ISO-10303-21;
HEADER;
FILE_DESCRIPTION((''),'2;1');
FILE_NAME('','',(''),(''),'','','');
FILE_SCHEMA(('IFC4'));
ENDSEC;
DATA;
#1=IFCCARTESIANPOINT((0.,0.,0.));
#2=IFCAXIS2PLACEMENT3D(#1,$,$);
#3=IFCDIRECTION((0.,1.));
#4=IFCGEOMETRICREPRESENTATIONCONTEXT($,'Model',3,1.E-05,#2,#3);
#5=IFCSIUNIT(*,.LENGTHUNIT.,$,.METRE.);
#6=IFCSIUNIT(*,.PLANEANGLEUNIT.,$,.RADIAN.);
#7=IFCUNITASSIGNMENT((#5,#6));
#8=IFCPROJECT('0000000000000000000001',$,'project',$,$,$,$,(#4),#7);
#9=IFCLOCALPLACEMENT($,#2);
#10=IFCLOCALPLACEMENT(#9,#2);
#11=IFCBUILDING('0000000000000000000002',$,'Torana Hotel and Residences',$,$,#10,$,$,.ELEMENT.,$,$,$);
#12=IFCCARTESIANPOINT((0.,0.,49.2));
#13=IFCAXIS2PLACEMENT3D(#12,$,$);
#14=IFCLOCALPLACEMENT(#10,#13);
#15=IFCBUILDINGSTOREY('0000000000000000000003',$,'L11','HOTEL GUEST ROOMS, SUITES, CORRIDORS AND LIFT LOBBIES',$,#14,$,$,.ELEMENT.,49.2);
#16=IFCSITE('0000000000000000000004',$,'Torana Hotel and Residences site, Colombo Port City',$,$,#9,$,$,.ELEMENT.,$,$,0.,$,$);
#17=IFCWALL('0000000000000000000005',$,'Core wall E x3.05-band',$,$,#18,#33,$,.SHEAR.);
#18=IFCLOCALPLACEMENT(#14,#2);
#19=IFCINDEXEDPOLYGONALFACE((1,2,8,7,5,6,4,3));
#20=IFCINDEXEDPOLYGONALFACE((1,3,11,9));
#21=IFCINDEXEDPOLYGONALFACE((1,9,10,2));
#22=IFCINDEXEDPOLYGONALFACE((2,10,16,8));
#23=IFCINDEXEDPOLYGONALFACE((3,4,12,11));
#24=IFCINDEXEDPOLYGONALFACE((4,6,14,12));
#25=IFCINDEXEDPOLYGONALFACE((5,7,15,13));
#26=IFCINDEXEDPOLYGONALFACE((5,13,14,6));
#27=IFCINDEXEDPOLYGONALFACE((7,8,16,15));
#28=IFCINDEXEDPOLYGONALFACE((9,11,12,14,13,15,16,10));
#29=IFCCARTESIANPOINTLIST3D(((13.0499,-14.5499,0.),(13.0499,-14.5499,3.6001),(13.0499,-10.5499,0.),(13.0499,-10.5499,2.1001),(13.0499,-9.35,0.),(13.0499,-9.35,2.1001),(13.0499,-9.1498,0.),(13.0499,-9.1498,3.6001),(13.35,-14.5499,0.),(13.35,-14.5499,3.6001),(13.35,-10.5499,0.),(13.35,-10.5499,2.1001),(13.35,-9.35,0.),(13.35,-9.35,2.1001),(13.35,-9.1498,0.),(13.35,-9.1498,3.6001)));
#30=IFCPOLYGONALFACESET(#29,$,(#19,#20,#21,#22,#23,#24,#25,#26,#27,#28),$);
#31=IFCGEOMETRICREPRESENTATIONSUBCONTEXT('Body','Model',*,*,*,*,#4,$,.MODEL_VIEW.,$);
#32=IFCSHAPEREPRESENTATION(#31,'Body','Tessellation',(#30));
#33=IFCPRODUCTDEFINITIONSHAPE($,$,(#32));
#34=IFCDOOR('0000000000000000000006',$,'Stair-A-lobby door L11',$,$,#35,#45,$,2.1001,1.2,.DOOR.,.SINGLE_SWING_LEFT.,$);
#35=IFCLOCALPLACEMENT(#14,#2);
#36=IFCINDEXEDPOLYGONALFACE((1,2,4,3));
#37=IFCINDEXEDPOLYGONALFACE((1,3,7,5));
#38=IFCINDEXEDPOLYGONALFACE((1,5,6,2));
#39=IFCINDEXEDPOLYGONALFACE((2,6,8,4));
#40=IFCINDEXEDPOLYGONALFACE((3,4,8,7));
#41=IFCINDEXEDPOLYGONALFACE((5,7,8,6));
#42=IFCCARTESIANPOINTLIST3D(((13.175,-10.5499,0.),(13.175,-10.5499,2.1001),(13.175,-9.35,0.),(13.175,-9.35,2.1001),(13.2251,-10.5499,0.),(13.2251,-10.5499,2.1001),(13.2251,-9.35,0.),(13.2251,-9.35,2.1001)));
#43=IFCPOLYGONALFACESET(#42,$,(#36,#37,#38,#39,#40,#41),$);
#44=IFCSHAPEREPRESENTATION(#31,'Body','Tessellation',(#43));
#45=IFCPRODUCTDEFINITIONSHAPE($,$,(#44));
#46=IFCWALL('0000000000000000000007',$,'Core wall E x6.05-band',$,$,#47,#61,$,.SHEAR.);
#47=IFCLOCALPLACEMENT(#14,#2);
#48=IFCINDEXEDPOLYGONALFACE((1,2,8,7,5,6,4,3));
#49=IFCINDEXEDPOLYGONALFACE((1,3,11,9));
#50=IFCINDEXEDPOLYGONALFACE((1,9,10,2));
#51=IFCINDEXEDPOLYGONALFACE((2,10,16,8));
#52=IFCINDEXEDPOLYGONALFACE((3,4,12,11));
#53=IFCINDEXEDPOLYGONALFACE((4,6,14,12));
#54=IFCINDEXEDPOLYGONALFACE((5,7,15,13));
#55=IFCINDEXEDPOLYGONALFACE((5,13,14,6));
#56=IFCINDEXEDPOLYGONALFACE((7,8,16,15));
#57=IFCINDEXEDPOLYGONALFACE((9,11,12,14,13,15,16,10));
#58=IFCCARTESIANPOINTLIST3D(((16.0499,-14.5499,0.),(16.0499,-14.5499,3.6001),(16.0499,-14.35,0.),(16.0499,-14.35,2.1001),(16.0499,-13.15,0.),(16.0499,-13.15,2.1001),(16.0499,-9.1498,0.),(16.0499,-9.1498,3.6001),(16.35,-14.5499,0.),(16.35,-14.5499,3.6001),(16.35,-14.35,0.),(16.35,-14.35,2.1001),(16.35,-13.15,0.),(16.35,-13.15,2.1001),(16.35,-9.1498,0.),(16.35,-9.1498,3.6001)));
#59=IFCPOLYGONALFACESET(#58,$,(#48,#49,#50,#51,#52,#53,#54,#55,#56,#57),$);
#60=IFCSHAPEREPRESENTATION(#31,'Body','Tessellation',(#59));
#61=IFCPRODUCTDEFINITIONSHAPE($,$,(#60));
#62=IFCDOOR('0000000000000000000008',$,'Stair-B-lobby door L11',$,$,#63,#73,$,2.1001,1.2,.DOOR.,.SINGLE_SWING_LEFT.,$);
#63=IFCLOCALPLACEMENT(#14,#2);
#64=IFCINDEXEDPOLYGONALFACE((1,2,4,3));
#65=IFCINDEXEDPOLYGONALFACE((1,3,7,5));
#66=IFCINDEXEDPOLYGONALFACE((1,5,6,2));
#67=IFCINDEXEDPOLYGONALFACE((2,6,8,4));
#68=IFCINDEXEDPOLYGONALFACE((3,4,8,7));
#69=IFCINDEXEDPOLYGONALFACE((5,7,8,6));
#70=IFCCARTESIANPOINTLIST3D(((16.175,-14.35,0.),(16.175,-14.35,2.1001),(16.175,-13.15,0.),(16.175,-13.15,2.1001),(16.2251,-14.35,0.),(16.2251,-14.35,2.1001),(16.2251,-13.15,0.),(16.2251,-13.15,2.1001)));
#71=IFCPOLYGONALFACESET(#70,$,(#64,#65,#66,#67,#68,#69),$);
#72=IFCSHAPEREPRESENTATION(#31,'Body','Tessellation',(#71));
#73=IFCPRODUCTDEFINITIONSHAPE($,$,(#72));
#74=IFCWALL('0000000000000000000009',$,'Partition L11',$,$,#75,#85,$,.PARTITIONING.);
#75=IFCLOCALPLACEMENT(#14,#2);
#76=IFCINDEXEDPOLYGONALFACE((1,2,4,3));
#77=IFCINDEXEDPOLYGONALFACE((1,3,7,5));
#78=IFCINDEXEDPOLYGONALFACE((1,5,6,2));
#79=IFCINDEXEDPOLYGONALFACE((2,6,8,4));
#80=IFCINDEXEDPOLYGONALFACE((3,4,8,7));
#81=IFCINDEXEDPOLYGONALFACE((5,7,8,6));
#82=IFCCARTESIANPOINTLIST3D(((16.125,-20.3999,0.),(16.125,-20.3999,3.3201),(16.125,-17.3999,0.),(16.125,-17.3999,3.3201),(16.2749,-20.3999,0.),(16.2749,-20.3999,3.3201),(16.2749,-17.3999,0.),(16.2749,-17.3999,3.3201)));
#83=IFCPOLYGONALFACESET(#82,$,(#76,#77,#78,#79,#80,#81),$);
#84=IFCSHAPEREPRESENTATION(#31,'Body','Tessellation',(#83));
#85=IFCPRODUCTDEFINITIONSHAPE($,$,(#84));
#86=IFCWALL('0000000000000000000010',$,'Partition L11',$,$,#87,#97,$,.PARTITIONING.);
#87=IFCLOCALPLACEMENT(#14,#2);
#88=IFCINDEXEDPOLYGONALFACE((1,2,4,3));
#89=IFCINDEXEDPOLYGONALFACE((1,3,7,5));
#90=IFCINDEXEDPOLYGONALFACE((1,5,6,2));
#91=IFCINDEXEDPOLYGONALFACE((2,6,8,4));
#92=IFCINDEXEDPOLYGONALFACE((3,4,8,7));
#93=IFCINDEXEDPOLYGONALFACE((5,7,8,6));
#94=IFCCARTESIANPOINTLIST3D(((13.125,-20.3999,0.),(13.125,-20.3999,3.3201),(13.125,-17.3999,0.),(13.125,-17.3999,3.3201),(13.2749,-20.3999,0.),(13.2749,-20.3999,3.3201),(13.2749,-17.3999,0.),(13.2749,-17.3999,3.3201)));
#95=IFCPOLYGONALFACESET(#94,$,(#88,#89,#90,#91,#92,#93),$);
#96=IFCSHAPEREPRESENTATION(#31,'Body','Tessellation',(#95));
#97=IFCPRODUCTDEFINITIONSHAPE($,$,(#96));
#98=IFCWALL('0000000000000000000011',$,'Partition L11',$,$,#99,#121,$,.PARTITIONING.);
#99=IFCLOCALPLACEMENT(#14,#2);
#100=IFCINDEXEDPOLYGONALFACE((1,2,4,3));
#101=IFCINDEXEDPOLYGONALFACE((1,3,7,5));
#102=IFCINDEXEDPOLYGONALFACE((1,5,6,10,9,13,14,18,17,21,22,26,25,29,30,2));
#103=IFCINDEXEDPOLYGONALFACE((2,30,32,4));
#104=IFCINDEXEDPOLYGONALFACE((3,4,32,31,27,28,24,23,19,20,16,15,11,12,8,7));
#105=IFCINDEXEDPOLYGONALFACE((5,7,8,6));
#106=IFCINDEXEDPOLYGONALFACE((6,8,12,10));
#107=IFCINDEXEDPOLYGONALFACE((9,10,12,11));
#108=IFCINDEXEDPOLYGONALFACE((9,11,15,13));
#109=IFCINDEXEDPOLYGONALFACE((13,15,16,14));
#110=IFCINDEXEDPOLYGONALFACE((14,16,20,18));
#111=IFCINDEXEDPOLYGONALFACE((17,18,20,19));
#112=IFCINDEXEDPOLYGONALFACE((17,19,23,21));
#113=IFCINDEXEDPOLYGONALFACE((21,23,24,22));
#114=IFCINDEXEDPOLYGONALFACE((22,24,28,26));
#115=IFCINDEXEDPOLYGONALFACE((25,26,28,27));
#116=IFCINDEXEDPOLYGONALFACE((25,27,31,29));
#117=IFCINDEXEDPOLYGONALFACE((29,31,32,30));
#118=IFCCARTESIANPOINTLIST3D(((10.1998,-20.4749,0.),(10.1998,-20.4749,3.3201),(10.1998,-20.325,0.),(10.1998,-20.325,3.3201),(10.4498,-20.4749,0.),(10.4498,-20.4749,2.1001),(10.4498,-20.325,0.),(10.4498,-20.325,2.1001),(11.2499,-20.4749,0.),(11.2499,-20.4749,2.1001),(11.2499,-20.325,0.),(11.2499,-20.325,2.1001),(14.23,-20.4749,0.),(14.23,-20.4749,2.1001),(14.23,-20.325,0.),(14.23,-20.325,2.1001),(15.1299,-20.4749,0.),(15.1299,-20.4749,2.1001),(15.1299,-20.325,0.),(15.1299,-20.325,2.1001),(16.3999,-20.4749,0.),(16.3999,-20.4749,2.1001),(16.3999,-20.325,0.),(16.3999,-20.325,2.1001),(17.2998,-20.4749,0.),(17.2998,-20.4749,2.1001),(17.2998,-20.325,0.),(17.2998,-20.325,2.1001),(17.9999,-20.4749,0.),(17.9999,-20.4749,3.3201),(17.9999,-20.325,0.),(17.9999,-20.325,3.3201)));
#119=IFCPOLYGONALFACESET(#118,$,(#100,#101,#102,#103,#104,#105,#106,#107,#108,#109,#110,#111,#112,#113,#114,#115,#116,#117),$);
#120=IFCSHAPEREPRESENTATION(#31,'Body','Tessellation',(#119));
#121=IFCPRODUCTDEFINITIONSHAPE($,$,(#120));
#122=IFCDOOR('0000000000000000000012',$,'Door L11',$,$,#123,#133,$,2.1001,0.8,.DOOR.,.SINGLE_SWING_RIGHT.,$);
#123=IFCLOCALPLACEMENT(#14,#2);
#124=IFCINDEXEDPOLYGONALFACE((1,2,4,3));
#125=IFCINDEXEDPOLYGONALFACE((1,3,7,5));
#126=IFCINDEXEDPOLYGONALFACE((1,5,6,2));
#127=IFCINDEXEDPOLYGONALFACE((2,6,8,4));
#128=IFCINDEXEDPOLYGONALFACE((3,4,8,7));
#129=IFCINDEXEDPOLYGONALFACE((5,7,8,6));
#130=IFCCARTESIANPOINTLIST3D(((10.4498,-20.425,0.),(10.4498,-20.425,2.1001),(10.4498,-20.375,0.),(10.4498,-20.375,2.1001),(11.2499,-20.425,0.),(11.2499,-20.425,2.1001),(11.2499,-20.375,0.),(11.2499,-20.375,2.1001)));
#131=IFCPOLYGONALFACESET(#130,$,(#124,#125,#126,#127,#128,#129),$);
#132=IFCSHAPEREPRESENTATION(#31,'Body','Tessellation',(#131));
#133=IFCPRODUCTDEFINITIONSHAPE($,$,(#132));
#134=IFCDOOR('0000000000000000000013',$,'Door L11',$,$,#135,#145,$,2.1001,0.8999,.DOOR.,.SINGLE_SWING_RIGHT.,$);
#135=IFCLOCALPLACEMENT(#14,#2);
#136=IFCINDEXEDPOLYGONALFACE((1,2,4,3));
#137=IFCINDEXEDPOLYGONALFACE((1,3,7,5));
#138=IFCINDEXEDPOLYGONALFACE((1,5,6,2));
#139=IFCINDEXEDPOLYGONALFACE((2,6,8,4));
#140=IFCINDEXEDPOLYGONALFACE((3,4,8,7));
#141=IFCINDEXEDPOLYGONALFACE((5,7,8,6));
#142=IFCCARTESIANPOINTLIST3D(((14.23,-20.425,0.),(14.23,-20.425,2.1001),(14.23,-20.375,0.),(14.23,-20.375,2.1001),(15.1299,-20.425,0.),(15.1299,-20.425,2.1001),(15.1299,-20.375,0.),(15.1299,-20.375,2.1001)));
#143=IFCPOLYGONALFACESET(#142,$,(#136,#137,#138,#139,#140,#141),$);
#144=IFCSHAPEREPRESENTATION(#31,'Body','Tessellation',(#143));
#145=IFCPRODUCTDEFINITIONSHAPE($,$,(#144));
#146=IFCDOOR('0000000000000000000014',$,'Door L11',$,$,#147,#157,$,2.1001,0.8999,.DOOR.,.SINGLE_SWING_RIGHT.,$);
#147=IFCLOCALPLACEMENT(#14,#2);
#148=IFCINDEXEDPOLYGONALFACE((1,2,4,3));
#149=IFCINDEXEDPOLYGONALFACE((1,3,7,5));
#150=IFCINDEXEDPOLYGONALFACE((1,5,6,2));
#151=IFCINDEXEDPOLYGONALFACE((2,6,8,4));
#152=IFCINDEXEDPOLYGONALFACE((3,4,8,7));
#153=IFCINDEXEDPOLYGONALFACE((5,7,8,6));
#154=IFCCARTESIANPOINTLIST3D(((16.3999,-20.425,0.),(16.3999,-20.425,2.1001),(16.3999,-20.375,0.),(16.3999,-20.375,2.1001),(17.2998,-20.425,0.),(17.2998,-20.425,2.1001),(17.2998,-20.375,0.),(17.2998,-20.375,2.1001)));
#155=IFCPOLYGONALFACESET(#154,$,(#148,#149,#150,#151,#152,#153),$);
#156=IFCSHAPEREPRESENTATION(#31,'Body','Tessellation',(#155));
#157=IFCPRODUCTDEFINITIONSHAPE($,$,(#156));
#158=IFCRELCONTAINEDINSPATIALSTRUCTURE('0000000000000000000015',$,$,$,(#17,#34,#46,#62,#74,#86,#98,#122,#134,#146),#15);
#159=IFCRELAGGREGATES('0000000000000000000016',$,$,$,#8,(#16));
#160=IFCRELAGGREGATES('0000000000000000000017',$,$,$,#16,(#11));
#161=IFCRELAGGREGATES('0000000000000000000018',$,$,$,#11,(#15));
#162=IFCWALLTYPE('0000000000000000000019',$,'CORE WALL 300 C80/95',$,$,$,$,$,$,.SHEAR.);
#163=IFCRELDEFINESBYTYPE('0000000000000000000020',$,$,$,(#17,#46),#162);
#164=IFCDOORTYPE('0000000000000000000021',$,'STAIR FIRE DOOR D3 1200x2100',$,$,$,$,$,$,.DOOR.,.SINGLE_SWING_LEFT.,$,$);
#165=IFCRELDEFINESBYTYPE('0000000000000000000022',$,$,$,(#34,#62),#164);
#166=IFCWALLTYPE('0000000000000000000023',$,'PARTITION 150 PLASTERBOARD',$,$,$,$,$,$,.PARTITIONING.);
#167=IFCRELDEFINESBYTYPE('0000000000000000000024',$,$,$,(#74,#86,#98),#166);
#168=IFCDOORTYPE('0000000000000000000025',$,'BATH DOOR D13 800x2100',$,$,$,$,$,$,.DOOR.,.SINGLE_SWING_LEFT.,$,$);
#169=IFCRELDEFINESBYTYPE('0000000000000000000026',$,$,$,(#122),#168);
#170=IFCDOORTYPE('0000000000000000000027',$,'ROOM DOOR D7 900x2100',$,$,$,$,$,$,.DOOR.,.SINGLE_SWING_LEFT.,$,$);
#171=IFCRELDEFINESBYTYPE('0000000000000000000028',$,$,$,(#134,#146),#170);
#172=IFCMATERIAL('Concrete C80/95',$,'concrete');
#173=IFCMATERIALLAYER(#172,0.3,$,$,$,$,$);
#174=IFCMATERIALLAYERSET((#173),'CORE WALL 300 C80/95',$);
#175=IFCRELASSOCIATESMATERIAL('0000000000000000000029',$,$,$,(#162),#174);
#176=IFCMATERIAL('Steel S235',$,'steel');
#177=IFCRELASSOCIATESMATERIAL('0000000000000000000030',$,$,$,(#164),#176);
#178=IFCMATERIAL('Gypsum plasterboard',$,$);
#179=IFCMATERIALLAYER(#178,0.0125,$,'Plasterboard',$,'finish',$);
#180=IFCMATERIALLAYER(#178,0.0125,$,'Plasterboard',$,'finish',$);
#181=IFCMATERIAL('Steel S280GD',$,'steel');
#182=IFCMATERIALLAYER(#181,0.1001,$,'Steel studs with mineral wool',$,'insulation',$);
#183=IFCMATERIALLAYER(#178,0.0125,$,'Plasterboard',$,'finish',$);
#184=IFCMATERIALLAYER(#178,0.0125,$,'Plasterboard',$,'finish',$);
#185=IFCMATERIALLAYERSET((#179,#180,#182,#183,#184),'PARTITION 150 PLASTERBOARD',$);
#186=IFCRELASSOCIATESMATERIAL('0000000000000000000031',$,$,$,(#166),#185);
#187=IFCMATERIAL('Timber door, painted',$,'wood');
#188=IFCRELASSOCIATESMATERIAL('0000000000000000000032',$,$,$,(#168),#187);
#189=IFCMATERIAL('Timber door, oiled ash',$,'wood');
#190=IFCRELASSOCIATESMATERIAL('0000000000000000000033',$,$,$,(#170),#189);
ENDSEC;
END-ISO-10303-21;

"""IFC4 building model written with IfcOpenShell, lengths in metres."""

from ifc_helpers import new_model, si_unit, direction, frame, frame_2d, origin, place, context, subcontext, project, spatial, rectangle, extrude, material, layer, layer_set, type_object, element, fill, save


model = new_model("IFC4")

# Units and contexts
model_context = context("Model", 3, precision=1e-05, world=origin(), true_north=direction((0.0, 1.0)))
body_context = subcontext(model_context, "Body", "Model", "MODEL_VIEW")
ifc_project = project(units=[si_unit("LENGTHUNIT", "METRE"), si_unit("PLANEANGLEUNIT", "RADIAN")], contexts=[model_context])

# Site, building, storey
site_placement = place(None, origin())
site = spatial("IfcSite", under=ifc_project, at=site_placement, Name="Torana Hotel and Residences site, Colombo Port City", CompositionType="ELEMENT", RefElevation=0.0)
building_placement = place(site_placement, origin())
building = spatial("IfcBuilding", under=site, at=building_placement, Name="Torana Hotel and Residences", CompositionType="ELEMENT")
storey_placement = place(building_placement, frame((0.0, 0.0, 49.2)))
storey = spatial("IfcBuildingStorey", under=building, at=storey_placement, Name="L11", Description="HOTEL GUEST ROOMS, SUITES, CORRIDORS AND LIFT LOBBIES", CompositionType="ELEMENT", Elevation=49.2)

# Walls, openings, doors
ifc_material_1 = material(Name="Concrete C80/95", Category="concrete")
ifc_layer_1 = layer(ifc_material_1, 0.3)
ifc_layer_set_1 = layer_set([ifc_layer_1], Name="CORE WALL 300 C80/95")
wall_type_1 = type_object("IfcWallType", Name="CORE WALL 300 C80/95", PredefinedType="SHEAR", material=ifc_layer_set_1)
wall_1_placement = place(storey_placement, frame((13.2, -14.55, 0.0), z_axis=(0.0, 0.0, 1.0), x_axis=(0.0, 1.0, 0.0)))
wall_1 = element("IfcWall", 1, at=wall_1_placement, inside=storey, type_object=wall_type_1, Name="Core wall E x3.05-band", PredefinedType="SHEAR", context=body_context, shape_type="SweptSolid", body=[
    extrude(rectangle(XDim=5.4001, YDim=0.3, at=frame_2d((2.7002, 0.0))), origin(), (0.0, 0.0, 1.0), 3.6001),
])
opening_1_placement = place(wall_1_placement, frame((4.0, 0.0, 0.0)))
opening_1 = element("IfcOpeningElement", 2, at=opening_1_placement, cuts=wall_1, PredefinedType="OPENING", context=body_context, shape_type="SweptSolid", body=[
    extrude(rectangle(XDim=1.2, YDim=2.1001, at=frame_2d((0.6001, 1.05))), frame((0.0, 0.1599, 0.0), z_axis=(0.0, -1.0, 0.0), x_axis=(1.0, 0.0, 0.0)), (0.0, 0.0, 1.0), 0.3201),
])
ifc_material_2 = material(Name="Steel S235", Category="steel")
door_type_1 = type_object("IfcDoorType", Name="STAIR FIRE DOOR D3 1200x2100", OperationType="SINGLE_SWING_LEFT", PredefinedType="DOOR", material=ifc_material_2)
door_1_placement = place(opening_1_placement, origin())
door_1 = element("IfcDoor", 3, at=door_1_placement, inside=storey, type_object=door_type_1, Name="Stair-A-lobby door L11", OperationType="SINGLE_SWING_LEFT", OverallHeight=2.1001, OverallWidth=1.2, PredefinedType="DOOR", context=body_context, shape_type="SweptSolid", body=[
    extrude(rectangle(XDim=1.2, YDim=2.1001, at=frame_2d((0.6001, 1.05))), frame((0.0, 0.0249, 0.0), z_axis=(0.0, -1.0, 0.0), x_axis=(1.0, 0.0, 0.0)), (0.0, 0.0, 1.0), 0.05),
])
fill(opening_1, door_1)
wall_2_placement = place(storey_placement, frame((16.2, -14.55, 0.0), z_axis=(0.0, 0.0, 1.0), x_axis=(0.0, 1.0, 0.0)))
wall_2 = element("IfcWall", 4, at=wall_2_placement, inside=storey, type_object=wall_type_1, Name="Core wall E x6.05-band", PredefinedType="SHEAR", context=body_context, shape_type="SweptSolid", body=[
    extrude(rectangle(XDim=5.4001, YDim=0.3, at=frame_2d((2.7002, 0.0))), origin(), (0.0, 0.0, 1.0), 3.6001),
])
opening_2_placement = place(wall_2_placement, frame((0.2, 0.0, 0.0)))
opening_2 = element("IfcOpeningElement", 5, at=opening_2_placement, cuts=wall_2, PredefinedType="OPENING", context=body_context, shape_type="SweptSolid", body=[
    extrude(rectangle(XDim=1.2, YDim=2.1001, at=frame_2d((0.6001, 1.05))), frame((0.0, 0.1599, 0.0), z_axis=(0.0, -1.0, 0.0), x_axis=(1.0, 0.0, 0.0)), (0.0, 0.0, 1.0), 0.3201),
])
door_2_placement = place(opening_2_placement, frame((0.6001, 0.0, 0.0), z_axis=(0.0, 0.0, 1.0), x_axis=(-1.0, 0.0, 0.0)))
door_2 = element("IfcDoor", 6, at=door_2_placement, inside=storey, type_object=door_type_1, Name="Stair-B-lobby door L11", OperationType="SINGLE_SWING_LEFT", OverallHeight=2.1001, OverallWidth=1.2, PredefinedType="DOOR", context=body_context, shape_type="SweptSolid", body=[
    extrude(rectangle(XDim=1.2, YDim=2.1001, at=frame_2d((0.0, 1.05))), frame((0.0, -0.0249, 0.0), z_axis=(0.0, 1.0, 0.0), x_axis=(-1.0, 0.0, 0.0)), (0.0, 0.0, 1.0), 0.05),
])
fill(opening_2, door_2)

# Walls
ifc_material_3 = material(Name="Gypsum plasterboard")
ifc_layer_2 = layer(ifc_material_3, 0.0125, Name="Plasterboard", Category="finish")
ifc_layer_3 = layer(ifc_material_3, 0.0125, Name="Plasterboard", Category="finish")
ifc_material_4 = material(Name="Steel S280GD", Category="steel")
ifc_layer_4 = layer(ifc_material_4, 0.1001, Name="Steel studs with mineral wool", Category="insulation")
ifc_layer_5 = layer(ifc_material_3, 0.0125, Name="Plasterboard", Category="finish")
ifc_layer_6 = layer(ifc_material_3, 0.0125, Name="Plasterboard", Category="finish")
ifc_layer_set_2 = layer_set([ifc_layer_2, ifc_layer_3, ifc_layer_4, ifc_layer_5, ifc_layer_6], Name="PARTITION 150 PLASTERBOARD")
wall_type_2 = type_object("IfcWallType", Name="PARTITION 150 PLASTERBOARD", PredefinedType="PARTITIONING", material=ifc_layer_set_2)
for number, where, z_axis, x_axis, name in (
    (7, (16.2, -20.3999, 0.0), (0.0, 0.0, 1.0), (0.0, 1.0, 0.0), "Partition L11"),
    (8, (13.2, -20.3999, 0.0), (0.0, 0.0, 1.0), (0.0, 1.0, 0.0), "Partition L11"),
):
    element("IfcWall", number, at=place(storey_placement, frame(where, z_axis=z_axis, x_axis=x_axis)), inside=storey, type_object=wall_type_2, Name=name, PredefinedType="PARTITIONING", context=body_context, shape_type="SweptSolid", body=[
        extrude(rectangle(XDim=3.0, YDim=0.1499, at=frame_2d((1.5, 0.0))), origin(), (0.0, 0.0, 1.0), 3.3201),
    ])

# Wall, openings, doors
wall_3_placement = place(storey_placement, frame((10.2, -20.3999, 0.0), z_axis=(0.0, 0.0, 1.0), x_axis=(1.0, 0.0, 0.0)))
wall_3 = element("IfcWall", 9, at=wall_3_placement, inside=storey, type_object=wall_type_2, Name="Partition L11", PredefinedType="PARTITIONING", context=body_context, shape_type="SweptSolid", body=[
    extrude(rectangle(XDim=7.8, YDim=0.1499, at=frame_2d((3.8999, 0.0))), origin(), (0.0, 0.0, 1.0), 3.3201),
])
opening_3_placement = place(wall_3_placement, frame((0.25, 0.0, 0.0)))
opening_3 = element("IfcOpeningElement", 10, at=opening_3_placement, cuts=wall_3, PredefinedType="OPENING", context=body_context, shape_type="SweptSolid", body=[
    extrude(rectangle(XDim=0.8, YDim=2.1001, at=frame_2d((0.3999, 1.05))), frame((0.0, 0.085, 0.0), z_axis=(0.0, -1.0, 0.0), x_axis=(1.0, 0.0, 0.0)), (0.0, 0.0, 1.0), 0.1699),
])
opening_4_placement = place(wall_3_placement, frame((4.03, 0.0, 0.0)))
opening_4 = element("IfcOpeningElement", 11, at=opening_4_placement, cuts=wall_3, PredefinedType="OPENING", context=body_context, shape_type="SweptSolid", body=[
    extrude(rectangle(XDim=0.8999, YDim=2.1001, at=frame_2d((0.45, 1.05))), frame((0.0, 0.085, 0.0), z_axis=(0.0, -1.0, 0.0), x_axis=(1.0, 0.0, 0.0)), (0.0, 0.0, 1.0), 0.1699),
])
opening_5_placement = place(wall_3_placement, frame((6.2, 0.0, 0.0)))
opening_5 = element("IfcOpeningElement", 12, at=opening_5_placement, cuts=wall_3, PredefinedType="OPENING", context=body_context, shape_type="SweptSolid", body=[
    extrude(rectangle(XDim=0.8999, YDim=2.1001, at=frame_2d((0.45, 1.05))), frame((0.0, 0.085, 0.0), z_axis=(0.0, -1.0, 0.0), x_axis=(1.0, 0.0, 0.0)), (0.0, 0.0, 1.0), 0.1699),
])
ifc_material_5 = material(Name="Timber door, painted", Category="wood")
door_type_2 = type_object("IfcDoorType", Name="BATH DOOR D13 800x2100", OperationType="SINGLE_SWING_LEFT", PredefinedType="DOOR", material=ifc_material_5)
door_3_placement = place(opening_3_placement, origin())
door_3 = element("IfcDoor", 13, at=door_3_placement, inside=storey, type_object=door_type_2, Name="Door L11", OperationType="SINGLE_SWING_RIGHT", OverallHeight=2.1001, OverallWidth=0.8, PredefinedType="DOOR", context=body_context, shape_type="SweptSolid", body=[
    extrude(rectangle(XDim=0.8, YDim=2.1001, at=frame_2d((0.3999, 1.05))), frame((0.0, 0.0249, 0.0), z_axis=(0.0, -1.0, 0.0), x_axis=(1.0, 0.0, 0.0)), (0.0, 0.0, 1.0), 0.05),
])
fill(opening_3, door_3)
ifc_material_6 = material(Name="Timber door, oiled ash", Category="wood")
door_type_3 = type_object("IfcDoorType", Name="ROOM DOOR D7 900x2100", OperationType="SINGLE_SWING_LEFT", PredefinedType="DOOR", material=ifc_material_6)
door_4_placement = place(opening_4_placement, origin())
door_4 = element("IfcDoor", 14, at=door_4_placement, inside=storey, type_object=door_type_3, Name="Door L11", OperationType="SINGLE_SWING_RIGHT", OverallHeight=2.1001, OverallWidth=0.8999, PredefinedType="DOOR", context=body_context, shape_type="SweptSolid", body=[
    extrude(rectangle(XDim=0.8999, YDim=2.1001, at=frame_2d((0.45, 1.05))), frame((0.0, 0.0249, 0.0), z_axis=(0.0, -1.0, 0.0), x_axis=(1.0, 0.0, 0.0)), (0.0, 0.0, 1.0), 0.05),
])
fill(opening_4, door_4)
door_5_placement = place(opening_5_placement, origin())
door_5 = element("IfcDoor", 15, at=door_5_placement, inside=storey, type_object=door_type_3, Name="Door L11", OperationType="SINGLE_SWING_RIGHT", OverallHeight=2.1001, OverallWidth=0.8999, PredefinedType="DOOR", context=body_context, shape_type="SweptSolid", body=[
    extrude(rectangle(XDim=0.8999, YDim=2.1001, at=frame_2d((0.45, 1.05))), frame((0.0, 0.0249, 0.0), z_axis=(0.0, -1.0, 0.0), x_axis=(1.0, 0.0, 0.0)), (0.0, 0.0, 1.0), 0.05),
])
fill(opening_5, door_5)

save(model, "model.ifc")
